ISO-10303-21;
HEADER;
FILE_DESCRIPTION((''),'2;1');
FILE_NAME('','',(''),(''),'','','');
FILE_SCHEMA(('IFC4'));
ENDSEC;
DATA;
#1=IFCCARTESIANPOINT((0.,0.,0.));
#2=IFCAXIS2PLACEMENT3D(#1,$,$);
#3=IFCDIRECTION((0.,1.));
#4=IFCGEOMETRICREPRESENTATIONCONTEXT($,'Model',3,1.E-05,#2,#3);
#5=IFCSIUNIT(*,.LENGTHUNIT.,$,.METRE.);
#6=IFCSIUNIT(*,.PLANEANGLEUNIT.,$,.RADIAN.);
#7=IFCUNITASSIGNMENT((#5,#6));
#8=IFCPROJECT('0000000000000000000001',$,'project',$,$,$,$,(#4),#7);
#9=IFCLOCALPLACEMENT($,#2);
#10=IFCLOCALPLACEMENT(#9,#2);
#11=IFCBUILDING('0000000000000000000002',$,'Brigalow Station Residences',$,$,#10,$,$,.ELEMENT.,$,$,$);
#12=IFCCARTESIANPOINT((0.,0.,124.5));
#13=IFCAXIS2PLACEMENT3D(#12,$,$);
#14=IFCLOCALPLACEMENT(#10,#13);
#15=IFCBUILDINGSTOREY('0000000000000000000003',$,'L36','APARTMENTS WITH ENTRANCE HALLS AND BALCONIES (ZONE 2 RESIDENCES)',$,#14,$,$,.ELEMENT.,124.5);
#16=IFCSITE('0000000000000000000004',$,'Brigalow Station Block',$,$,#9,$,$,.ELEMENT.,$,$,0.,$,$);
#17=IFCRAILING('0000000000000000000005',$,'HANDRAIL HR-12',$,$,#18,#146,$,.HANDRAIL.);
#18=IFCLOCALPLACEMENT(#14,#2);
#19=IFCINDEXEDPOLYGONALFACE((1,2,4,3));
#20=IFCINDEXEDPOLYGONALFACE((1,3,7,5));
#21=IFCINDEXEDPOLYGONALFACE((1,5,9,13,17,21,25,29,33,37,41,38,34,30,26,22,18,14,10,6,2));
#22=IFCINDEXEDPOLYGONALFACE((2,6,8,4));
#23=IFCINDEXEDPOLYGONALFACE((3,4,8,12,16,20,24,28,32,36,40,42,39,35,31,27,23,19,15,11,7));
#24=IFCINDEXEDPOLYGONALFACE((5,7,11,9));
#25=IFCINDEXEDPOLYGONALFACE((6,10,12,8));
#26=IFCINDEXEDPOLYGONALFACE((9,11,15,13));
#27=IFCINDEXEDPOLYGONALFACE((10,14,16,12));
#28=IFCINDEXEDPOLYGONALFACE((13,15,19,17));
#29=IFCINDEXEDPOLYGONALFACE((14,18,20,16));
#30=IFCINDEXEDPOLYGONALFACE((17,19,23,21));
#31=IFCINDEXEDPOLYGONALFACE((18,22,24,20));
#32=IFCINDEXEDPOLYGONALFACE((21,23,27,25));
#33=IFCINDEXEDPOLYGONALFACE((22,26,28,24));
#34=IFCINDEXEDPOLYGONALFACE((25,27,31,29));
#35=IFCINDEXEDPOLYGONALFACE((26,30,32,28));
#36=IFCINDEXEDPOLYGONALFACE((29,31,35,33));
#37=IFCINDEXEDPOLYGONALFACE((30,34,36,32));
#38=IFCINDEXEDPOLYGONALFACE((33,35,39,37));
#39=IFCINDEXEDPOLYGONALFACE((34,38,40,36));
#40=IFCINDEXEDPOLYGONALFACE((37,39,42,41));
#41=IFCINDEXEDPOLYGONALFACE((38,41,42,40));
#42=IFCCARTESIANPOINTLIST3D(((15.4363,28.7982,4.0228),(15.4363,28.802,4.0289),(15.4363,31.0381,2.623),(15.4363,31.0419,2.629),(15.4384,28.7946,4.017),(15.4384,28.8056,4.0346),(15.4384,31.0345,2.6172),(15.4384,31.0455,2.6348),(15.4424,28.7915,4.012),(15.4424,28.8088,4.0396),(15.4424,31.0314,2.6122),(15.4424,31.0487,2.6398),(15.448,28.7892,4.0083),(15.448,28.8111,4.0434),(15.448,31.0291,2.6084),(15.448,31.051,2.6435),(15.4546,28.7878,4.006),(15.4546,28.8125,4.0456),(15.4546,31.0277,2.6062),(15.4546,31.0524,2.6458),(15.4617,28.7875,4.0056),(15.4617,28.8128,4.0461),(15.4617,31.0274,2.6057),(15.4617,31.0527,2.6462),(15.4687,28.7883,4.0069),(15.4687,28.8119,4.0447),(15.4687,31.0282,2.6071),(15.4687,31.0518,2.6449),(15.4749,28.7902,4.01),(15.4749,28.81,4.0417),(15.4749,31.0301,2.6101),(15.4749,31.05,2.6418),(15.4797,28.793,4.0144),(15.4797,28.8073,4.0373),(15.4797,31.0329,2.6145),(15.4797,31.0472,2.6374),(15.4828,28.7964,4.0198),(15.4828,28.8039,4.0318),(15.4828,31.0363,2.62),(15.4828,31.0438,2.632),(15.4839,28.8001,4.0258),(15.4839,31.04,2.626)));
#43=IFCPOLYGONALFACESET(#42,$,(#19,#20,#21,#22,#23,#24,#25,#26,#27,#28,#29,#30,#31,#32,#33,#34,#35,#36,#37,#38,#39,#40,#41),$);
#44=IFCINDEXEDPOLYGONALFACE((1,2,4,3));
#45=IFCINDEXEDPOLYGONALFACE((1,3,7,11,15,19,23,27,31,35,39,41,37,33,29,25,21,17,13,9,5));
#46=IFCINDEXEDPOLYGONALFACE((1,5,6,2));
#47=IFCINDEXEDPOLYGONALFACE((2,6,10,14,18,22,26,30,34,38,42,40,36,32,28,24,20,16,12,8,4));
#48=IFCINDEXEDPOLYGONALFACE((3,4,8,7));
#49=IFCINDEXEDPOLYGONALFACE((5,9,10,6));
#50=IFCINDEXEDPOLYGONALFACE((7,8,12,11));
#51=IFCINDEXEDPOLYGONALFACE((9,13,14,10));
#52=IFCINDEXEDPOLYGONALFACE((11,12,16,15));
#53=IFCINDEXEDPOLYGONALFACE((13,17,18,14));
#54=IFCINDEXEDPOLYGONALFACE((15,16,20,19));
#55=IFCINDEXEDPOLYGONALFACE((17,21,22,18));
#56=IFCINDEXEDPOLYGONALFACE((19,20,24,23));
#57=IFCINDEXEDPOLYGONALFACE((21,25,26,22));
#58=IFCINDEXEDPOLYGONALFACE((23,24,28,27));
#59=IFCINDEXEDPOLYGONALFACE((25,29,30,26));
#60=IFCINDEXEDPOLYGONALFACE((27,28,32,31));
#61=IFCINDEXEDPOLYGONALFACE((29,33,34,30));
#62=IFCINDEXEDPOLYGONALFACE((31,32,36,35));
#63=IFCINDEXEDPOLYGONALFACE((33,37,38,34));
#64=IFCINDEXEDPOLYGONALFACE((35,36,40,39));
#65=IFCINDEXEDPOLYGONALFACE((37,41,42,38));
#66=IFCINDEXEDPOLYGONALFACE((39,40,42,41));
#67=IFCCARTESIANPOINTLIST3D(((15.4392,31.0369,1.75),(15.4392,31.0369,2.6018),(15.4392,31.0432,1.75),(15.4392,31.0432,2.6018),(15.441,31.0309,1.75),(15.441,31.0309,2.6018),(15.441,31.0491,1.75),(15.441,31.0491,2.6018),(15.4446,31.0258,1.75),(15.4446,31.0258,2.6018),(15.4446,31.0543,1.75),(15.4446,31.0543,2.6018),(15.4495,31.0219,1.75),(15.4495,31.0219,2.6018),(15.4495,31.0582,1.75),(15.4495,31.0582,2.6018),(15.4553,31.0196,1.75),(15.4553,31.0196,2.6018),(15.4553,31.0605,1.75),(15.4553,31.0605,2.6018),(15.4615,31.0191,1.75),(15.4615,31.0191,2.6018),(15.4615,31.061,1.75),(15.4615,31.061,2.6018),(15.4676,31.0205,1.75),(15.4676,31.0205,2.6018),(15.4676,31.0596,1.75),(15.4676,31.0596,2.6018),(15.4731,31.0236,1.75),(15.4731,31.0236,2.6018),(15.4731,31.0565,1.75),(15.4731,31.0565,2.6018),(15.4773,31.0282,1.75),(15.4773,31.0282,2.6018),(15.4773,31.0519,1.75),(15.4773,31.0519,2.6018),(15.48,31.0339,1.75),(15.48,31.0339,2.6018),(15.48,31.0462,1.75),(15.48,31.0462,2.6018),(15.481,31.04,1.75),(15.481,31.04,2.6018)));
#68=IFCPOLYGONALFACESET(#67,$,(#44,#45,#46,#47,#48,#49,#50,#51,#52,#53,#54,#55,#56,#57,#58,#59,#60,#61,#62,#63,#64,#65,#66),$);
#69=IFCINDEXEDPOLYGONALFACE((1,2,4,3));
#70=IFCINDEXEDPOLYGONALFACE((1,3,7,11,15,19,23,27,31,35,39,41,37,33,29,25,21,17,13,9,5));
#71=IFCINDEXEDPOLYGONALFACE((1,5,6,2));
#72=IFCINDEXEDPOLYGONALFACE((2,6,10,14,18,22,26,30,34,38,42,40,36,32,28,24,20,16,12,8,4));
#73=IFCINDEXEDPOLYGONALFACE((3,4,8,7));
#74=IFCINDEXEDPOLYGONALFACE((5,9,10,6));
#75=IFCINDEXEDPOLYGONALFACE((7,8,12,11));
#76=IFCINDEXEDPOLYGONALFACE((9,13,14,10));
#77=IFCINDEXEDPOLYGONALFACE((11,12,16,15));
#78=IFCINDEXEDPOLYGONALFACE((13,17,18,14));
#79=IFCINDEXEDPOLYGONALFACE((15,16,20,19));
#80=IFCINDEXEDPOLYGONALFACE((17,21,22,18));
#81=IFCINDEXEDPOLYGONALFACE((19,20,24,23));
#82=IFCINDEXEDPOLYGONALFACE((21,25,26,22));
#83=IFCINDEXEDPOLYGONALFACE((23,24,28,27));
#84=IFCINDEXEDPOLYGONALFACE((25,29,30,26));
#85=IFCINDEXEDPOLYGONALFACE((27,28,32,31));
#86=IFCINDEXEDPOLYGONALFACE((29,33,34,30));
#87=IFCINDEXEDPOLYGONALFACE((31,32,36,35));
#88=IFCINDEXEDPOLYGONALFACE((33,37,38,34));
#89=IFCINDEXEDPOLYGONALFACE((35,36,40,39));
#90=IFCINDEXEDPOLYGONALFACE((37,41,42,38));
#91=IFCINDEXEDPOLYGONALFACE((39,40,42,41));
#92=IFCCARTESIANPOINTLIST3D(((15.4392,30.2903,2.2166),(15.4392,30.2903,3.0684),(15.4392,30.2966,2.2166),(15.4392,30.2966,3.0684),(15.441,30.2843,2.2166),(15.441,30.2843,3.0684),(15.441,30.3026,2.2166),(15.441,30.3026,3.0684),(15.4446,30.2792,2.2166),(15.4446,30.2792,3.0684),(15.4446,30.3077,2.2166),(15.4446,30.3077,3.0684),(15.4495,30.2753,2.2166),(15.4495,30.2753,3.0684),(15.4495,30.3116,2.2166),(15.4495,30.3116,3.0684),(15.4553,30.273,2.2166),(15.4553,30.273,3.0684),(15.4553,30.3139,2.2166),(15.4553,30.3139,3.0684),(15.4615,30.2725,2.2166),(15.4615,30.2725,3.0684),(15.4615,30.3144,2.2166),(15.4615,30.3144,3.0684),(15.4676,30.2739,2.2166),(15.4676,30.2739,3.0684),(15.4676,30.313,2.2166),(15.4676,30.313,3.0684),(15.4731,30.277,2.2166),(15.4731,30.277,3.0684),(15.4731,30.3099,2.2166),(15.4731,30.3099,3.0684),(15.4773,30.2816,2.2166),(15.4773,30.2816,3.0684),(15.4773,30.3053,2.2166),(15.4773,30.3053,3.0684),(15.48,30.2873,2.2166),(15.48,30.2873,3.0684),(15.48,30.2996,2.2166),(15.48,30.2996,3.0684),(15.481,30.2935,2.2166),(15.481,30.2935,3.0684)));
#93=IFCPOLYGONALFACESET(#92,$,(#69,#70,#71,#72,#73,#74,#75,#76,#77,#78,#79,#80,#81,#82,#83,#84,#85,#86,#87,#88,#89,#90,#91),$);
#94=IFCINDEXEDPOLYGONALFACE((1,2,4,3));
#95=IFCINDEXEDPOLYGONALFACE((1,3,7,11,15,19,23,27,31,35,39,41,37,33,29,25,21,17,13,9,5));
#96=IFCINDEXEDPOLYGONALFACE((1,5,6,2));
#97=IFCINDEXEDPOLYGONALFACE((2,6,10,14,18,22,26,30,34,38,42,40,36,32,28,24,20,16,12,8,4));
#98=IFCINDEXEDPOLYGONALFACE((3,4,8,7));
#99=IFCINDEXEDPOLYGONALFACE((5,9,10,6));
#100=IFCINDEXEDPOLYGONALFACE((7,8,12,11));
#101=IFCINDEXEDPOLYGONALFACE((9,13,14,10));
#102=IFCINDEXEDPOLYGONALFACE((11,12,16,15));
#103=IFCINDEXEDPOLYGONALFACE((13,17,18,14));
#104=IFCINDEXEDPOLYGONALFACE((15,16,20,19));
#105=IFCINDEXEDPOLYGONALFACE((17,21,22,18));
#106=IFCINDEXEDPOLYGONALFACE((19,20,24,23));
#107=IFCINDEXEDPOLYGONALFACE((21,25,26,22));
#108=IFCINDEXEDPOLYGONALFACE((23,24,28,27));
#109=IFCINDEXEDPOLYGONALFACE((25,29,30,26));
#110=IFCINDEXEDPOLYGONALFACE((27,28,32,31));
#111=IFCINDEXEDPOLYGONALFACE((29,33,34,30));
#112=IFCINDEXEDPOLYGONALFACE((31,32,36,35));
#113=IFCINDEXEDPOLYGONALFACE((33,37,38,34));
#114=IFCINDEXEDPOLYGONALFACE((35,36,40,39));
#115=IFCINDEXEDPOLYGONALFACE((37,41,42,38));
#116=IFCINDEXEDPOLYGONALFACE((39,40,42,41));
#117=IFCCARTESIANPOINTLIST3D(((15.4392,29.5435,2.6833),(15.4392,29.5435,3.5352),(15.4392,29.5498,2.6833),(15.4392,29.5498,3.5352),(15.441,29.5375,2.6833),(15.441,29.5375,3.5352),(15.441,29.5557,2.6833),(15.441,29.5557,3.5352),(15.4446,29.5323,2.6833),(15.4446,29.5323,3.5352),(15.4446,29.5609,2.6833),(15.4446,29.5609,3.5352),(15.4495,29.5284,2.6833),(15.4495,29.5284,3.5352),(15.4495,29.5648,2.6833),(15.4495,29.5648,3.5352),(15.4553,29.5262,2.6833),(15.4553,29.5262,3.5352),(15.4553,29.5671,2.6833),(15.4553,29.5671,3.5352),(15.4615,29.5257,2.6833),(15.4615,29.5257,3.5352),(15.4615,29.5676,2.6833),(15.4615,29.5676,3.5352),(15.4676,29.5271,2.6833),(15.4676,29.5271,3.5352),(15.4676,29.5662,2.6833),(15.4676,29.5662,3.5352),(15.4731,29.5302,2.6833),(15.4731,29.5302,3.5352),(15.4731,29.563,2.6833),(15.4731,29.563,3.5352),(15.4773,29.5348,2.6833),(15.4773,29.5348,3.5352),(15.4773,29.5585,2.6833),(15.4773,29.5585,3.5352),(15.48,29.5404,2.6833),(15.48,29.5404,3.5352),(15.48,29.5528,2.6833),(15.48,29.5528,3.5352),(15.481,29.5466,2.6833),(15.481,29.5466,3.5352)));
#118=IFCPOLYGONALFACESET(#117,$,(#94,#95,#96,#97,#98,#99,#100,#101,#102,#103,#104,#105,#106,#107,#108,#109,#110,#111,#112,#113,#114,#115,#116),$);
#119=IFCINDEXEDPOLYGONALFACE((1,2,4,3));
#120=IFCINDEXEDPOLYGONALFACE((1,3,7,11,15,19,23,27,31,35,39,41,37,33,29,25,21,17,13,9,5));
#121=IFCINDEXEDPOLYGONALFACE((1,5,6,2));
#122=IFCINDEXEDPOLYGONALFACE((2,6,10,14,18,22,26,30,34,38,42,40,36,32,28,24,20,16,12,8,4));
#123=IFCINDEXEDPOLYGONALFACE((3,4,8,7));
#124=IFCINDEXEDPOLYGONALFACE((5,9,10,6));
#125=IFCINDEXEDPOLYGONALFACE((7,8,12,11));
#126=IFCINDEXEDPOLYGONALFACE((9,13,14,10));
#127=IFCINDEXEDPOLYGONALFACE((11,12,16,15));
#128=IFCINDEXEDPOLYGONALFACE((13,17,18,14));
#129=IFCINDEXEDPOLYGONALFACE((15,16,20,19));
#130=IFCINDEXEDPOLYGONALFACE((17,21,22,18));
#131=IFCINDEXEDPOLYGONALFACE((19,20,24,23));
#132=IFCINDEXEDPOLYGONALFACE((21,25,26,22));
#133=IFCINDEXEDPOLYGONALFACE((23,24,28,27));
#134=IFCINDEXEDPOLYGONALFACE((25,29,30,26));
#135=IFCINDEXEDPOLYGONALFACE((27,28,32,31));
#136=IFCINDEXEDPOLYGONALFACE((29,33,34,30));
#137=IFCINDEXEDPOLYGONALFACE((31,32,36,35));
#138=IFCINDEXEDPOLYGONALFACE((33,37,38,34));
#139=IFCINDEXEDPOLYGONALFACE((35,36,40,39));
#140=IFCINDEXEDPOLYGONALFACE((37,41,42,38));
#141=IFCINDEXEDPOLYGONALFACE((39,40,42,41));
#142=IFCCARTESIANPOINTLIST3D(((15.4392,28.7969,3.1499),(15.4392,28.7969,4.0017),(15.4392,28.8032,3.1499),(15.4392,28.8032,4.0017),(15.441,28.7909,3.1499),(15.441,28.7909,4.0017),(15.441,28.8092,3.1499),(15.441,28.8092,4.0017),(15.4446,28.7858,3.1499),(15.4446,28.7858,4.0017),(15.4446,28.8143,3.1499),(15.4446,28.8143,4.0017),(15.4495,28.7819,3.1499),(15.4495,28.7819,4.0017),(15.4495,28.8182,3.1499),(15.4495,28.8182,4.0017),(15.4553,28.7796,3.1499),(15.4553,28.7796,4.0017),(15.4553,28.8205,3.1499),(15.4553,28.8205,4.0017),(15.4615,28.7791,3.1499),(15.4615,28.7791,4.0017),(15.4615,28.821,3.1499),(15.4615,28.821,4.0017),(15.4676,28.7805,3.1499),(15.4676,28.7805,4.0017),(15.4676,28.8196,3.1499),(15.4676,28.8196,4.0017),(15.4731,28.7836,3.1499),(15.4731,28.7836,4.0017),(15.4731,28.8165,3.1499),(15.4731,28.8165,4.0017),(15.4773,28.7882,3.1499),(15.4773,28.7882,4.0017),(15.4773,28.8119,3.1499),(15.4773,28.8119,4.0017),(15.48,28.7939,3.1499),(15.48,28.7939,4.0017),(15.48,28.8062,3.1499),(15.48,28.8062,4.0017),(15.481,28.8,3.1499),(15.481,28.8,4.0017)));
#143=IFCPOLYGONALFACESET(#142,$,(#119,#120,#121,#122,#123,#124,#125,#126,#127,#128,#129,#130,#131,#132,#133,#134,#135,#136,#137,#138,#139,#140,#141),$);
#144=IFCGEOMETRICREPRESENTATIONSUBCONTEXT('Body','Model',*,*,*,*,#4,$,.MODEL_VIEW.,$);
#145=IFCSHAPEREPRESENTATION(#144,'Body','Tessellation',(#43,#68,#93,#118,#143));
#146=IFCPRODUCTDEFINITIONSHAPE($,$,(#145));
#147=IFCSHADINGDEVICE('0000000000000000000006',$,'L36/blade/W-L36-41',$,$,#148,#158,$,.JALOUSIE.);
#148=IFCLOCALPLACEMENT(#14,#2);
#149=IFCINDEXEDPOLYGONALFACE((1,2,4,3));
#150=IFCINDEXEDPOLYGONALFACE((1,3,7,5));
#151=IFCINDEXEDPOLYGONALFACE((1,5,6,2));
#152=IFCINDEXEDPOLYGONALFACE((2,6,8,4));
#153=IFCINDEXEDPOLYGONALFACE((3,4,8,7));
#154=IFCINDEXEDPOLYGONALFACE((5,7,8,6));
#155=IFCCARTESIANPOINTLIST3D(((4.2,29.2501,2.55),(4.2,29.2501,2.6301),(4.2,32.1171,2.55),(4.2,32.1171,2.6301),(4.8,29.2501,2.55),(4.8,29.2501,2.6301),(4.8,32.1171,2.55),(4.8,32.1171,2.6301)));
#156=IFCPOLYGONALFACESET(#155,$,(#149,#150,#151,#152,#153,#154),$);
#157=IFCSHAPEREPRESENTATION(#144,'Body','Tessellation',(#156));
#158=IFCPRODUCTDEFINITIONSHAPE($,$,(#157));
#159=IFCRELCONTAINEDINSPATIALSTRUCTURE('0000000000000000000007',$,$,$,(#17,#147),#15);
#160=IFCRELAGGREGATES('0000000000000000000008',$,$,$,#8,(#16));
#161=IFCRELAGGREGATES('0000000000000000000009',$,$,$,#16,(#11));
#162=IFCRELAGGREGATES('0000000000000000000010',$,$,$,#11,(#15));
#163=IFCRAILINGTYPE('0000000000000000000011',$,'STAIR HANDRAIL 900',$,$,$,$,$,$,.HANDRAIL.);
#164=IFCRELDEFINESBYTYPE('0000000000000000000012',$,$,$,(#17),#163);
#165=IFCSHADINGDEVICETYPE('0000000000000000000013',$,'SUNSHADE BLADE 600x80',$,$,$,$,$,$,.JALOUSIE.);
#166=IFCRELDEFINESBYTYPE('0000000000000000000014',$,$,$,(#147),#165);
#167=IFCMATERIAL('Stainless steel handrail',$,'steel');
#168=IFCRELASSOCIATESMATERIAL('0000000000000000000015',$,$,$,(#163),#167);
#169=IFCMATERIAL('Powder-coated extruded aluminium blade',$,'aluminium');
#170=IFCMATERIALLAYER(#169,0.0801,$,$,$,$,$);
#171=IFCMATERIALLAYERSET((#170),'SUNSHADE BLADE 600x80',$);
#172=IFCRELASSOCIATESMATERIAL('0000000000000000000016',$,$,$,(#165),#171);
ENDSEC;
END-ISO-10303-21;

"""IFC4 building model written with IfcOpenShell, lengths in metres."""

from ifc_helpers import new_model, si_unit, direction, frame, origin, origin_2d, place, context, subcontext, project, spatial, rectangle, circle, extrude, material, layer, layer_set, type_object, element, save


model = new_model("IFC4")

# Units and contexts
model_context = context("Model", 3, precision=1e-05, world=origin(), true_north=direction((0.0, 1.0)))
body_context = subcontext(model_context, "Body", "Model", "MODEL_VIEW")
ifc_project = project(units=[si_unit("LENGTHUNIT", "METRE"), si_unit("PLANEANGLEUNIT", "RADIAN")], contexts=[model_context])

# Site, building, storey
site_placement = place(None, origin())
site = spatial("IfcSite", under=ifc_project, at=site_placement, Name="Brigalow Station Block", CompositionType="ELEMENT", RefElevation=0.0)
building_placement = place(site_placement, origin())
building = spatial("IfcBuilding", under=site, at=building_placement, Name="Brigalow Station Residences", CompositionType="ELEMENT")
storey_placement = place(building_placement, frame((0.0, 0.0, 124.5)))
storey = spatial("IfcBuildingStorey", under=building, at=storey_placement, Name="L36", Description="APARTMENTS WITH ENTRANCE HALLS AND BALCONIES (ZONE 2 RESIDENCES)", CompositionType="ELEMENT", Elevation=124.5)

# Railing
ifc_material_1 = material(Name="Stainless steel handrail", Category="steel")
railing_type_1 = type_object("IfcRailingType", Name="STAIR HANDRAIL 900", PredefinedType="HANDRAIL", material=ifc_material_1)
railing_1_placement = place(storey_placement, frame((15.46, 31.04, 1.75)))
element("IfcRailing", 1, at=railing_1_placement, inside=storey, type_object=railing_type_1, Name="HANDRAIL HR-12", PredefinedType="HANDRAIL", context=body_context, shape_type="SweptSolid", body=[
    extrude(circle(Radius=0.0239, at=origin_2d()), frame((0.0, 0.0, 0.876), z_axis=(0.0, -0.848014, 0.529974), x_axis=(1.0, 0.0, 0.0)), (0.0, 0.0, 1.0), 2.6414),
    extrude(circle(Radius=0.021, at=origin_2d()), origin(), (0.0, 0.0, 1.0), 0.8518),
    extrude(circle(Radius=0.021, at=origin_2d()), frame((0.0, -0.7466, 0.4666)), (0.0, 0.0, 1.0), 0.8518),
    extrude(circle(Radius=0.021, at=origin_2d()), frame((0.0, -1.4934, 0.9333)), (0.0, 0.0, 1.0), 0.8518),
    extrude(circle(Radius=0.021, at=origin_2d()), frame((0.0, -2.24, 1.3999)), (0.0, 0.0, 1.0), 0.8518),
])

# Shading device
ifc_material_2 = material(Name="Powder-coated extruded aluminium blade", Category="aluminium")
ifc_layer_1 = layer(ifc_material_2, 0.0801)
ifc_layer_set_1 = layer_set([ifc_layer_1], Name="SUNSHADE BLADE 600x80")
shading_device_type = type_object("IfcShadingDeviceType", Name="SUNSHADE BLADE 600x80", PredefinedType="JALOUSIE", material=ifc_layer_set_1)
shading_device_placement = place(storey_placement, frame((4.5, 30.6836, 2.55), z_axis=(0.0, 0.0, 1.0), x_axis=(0.0, -1.0, 0.0)))
element("IfcShadingDevice", 2, at=shading_device_placement, inside=storey, type_object=shading_device_type, Name="L36/blade/W-L36-41", PredefinedType="JALOUSIE", context=body_context, shape_type="SweptSolid", body=[
    extrude(rectangle(XDim=2.8669, YDim=0.6001, at=origin_2d()), origin(), (0.0, 0.0, 1.0), 0.0801),
])

save(model, "model.ifc")
